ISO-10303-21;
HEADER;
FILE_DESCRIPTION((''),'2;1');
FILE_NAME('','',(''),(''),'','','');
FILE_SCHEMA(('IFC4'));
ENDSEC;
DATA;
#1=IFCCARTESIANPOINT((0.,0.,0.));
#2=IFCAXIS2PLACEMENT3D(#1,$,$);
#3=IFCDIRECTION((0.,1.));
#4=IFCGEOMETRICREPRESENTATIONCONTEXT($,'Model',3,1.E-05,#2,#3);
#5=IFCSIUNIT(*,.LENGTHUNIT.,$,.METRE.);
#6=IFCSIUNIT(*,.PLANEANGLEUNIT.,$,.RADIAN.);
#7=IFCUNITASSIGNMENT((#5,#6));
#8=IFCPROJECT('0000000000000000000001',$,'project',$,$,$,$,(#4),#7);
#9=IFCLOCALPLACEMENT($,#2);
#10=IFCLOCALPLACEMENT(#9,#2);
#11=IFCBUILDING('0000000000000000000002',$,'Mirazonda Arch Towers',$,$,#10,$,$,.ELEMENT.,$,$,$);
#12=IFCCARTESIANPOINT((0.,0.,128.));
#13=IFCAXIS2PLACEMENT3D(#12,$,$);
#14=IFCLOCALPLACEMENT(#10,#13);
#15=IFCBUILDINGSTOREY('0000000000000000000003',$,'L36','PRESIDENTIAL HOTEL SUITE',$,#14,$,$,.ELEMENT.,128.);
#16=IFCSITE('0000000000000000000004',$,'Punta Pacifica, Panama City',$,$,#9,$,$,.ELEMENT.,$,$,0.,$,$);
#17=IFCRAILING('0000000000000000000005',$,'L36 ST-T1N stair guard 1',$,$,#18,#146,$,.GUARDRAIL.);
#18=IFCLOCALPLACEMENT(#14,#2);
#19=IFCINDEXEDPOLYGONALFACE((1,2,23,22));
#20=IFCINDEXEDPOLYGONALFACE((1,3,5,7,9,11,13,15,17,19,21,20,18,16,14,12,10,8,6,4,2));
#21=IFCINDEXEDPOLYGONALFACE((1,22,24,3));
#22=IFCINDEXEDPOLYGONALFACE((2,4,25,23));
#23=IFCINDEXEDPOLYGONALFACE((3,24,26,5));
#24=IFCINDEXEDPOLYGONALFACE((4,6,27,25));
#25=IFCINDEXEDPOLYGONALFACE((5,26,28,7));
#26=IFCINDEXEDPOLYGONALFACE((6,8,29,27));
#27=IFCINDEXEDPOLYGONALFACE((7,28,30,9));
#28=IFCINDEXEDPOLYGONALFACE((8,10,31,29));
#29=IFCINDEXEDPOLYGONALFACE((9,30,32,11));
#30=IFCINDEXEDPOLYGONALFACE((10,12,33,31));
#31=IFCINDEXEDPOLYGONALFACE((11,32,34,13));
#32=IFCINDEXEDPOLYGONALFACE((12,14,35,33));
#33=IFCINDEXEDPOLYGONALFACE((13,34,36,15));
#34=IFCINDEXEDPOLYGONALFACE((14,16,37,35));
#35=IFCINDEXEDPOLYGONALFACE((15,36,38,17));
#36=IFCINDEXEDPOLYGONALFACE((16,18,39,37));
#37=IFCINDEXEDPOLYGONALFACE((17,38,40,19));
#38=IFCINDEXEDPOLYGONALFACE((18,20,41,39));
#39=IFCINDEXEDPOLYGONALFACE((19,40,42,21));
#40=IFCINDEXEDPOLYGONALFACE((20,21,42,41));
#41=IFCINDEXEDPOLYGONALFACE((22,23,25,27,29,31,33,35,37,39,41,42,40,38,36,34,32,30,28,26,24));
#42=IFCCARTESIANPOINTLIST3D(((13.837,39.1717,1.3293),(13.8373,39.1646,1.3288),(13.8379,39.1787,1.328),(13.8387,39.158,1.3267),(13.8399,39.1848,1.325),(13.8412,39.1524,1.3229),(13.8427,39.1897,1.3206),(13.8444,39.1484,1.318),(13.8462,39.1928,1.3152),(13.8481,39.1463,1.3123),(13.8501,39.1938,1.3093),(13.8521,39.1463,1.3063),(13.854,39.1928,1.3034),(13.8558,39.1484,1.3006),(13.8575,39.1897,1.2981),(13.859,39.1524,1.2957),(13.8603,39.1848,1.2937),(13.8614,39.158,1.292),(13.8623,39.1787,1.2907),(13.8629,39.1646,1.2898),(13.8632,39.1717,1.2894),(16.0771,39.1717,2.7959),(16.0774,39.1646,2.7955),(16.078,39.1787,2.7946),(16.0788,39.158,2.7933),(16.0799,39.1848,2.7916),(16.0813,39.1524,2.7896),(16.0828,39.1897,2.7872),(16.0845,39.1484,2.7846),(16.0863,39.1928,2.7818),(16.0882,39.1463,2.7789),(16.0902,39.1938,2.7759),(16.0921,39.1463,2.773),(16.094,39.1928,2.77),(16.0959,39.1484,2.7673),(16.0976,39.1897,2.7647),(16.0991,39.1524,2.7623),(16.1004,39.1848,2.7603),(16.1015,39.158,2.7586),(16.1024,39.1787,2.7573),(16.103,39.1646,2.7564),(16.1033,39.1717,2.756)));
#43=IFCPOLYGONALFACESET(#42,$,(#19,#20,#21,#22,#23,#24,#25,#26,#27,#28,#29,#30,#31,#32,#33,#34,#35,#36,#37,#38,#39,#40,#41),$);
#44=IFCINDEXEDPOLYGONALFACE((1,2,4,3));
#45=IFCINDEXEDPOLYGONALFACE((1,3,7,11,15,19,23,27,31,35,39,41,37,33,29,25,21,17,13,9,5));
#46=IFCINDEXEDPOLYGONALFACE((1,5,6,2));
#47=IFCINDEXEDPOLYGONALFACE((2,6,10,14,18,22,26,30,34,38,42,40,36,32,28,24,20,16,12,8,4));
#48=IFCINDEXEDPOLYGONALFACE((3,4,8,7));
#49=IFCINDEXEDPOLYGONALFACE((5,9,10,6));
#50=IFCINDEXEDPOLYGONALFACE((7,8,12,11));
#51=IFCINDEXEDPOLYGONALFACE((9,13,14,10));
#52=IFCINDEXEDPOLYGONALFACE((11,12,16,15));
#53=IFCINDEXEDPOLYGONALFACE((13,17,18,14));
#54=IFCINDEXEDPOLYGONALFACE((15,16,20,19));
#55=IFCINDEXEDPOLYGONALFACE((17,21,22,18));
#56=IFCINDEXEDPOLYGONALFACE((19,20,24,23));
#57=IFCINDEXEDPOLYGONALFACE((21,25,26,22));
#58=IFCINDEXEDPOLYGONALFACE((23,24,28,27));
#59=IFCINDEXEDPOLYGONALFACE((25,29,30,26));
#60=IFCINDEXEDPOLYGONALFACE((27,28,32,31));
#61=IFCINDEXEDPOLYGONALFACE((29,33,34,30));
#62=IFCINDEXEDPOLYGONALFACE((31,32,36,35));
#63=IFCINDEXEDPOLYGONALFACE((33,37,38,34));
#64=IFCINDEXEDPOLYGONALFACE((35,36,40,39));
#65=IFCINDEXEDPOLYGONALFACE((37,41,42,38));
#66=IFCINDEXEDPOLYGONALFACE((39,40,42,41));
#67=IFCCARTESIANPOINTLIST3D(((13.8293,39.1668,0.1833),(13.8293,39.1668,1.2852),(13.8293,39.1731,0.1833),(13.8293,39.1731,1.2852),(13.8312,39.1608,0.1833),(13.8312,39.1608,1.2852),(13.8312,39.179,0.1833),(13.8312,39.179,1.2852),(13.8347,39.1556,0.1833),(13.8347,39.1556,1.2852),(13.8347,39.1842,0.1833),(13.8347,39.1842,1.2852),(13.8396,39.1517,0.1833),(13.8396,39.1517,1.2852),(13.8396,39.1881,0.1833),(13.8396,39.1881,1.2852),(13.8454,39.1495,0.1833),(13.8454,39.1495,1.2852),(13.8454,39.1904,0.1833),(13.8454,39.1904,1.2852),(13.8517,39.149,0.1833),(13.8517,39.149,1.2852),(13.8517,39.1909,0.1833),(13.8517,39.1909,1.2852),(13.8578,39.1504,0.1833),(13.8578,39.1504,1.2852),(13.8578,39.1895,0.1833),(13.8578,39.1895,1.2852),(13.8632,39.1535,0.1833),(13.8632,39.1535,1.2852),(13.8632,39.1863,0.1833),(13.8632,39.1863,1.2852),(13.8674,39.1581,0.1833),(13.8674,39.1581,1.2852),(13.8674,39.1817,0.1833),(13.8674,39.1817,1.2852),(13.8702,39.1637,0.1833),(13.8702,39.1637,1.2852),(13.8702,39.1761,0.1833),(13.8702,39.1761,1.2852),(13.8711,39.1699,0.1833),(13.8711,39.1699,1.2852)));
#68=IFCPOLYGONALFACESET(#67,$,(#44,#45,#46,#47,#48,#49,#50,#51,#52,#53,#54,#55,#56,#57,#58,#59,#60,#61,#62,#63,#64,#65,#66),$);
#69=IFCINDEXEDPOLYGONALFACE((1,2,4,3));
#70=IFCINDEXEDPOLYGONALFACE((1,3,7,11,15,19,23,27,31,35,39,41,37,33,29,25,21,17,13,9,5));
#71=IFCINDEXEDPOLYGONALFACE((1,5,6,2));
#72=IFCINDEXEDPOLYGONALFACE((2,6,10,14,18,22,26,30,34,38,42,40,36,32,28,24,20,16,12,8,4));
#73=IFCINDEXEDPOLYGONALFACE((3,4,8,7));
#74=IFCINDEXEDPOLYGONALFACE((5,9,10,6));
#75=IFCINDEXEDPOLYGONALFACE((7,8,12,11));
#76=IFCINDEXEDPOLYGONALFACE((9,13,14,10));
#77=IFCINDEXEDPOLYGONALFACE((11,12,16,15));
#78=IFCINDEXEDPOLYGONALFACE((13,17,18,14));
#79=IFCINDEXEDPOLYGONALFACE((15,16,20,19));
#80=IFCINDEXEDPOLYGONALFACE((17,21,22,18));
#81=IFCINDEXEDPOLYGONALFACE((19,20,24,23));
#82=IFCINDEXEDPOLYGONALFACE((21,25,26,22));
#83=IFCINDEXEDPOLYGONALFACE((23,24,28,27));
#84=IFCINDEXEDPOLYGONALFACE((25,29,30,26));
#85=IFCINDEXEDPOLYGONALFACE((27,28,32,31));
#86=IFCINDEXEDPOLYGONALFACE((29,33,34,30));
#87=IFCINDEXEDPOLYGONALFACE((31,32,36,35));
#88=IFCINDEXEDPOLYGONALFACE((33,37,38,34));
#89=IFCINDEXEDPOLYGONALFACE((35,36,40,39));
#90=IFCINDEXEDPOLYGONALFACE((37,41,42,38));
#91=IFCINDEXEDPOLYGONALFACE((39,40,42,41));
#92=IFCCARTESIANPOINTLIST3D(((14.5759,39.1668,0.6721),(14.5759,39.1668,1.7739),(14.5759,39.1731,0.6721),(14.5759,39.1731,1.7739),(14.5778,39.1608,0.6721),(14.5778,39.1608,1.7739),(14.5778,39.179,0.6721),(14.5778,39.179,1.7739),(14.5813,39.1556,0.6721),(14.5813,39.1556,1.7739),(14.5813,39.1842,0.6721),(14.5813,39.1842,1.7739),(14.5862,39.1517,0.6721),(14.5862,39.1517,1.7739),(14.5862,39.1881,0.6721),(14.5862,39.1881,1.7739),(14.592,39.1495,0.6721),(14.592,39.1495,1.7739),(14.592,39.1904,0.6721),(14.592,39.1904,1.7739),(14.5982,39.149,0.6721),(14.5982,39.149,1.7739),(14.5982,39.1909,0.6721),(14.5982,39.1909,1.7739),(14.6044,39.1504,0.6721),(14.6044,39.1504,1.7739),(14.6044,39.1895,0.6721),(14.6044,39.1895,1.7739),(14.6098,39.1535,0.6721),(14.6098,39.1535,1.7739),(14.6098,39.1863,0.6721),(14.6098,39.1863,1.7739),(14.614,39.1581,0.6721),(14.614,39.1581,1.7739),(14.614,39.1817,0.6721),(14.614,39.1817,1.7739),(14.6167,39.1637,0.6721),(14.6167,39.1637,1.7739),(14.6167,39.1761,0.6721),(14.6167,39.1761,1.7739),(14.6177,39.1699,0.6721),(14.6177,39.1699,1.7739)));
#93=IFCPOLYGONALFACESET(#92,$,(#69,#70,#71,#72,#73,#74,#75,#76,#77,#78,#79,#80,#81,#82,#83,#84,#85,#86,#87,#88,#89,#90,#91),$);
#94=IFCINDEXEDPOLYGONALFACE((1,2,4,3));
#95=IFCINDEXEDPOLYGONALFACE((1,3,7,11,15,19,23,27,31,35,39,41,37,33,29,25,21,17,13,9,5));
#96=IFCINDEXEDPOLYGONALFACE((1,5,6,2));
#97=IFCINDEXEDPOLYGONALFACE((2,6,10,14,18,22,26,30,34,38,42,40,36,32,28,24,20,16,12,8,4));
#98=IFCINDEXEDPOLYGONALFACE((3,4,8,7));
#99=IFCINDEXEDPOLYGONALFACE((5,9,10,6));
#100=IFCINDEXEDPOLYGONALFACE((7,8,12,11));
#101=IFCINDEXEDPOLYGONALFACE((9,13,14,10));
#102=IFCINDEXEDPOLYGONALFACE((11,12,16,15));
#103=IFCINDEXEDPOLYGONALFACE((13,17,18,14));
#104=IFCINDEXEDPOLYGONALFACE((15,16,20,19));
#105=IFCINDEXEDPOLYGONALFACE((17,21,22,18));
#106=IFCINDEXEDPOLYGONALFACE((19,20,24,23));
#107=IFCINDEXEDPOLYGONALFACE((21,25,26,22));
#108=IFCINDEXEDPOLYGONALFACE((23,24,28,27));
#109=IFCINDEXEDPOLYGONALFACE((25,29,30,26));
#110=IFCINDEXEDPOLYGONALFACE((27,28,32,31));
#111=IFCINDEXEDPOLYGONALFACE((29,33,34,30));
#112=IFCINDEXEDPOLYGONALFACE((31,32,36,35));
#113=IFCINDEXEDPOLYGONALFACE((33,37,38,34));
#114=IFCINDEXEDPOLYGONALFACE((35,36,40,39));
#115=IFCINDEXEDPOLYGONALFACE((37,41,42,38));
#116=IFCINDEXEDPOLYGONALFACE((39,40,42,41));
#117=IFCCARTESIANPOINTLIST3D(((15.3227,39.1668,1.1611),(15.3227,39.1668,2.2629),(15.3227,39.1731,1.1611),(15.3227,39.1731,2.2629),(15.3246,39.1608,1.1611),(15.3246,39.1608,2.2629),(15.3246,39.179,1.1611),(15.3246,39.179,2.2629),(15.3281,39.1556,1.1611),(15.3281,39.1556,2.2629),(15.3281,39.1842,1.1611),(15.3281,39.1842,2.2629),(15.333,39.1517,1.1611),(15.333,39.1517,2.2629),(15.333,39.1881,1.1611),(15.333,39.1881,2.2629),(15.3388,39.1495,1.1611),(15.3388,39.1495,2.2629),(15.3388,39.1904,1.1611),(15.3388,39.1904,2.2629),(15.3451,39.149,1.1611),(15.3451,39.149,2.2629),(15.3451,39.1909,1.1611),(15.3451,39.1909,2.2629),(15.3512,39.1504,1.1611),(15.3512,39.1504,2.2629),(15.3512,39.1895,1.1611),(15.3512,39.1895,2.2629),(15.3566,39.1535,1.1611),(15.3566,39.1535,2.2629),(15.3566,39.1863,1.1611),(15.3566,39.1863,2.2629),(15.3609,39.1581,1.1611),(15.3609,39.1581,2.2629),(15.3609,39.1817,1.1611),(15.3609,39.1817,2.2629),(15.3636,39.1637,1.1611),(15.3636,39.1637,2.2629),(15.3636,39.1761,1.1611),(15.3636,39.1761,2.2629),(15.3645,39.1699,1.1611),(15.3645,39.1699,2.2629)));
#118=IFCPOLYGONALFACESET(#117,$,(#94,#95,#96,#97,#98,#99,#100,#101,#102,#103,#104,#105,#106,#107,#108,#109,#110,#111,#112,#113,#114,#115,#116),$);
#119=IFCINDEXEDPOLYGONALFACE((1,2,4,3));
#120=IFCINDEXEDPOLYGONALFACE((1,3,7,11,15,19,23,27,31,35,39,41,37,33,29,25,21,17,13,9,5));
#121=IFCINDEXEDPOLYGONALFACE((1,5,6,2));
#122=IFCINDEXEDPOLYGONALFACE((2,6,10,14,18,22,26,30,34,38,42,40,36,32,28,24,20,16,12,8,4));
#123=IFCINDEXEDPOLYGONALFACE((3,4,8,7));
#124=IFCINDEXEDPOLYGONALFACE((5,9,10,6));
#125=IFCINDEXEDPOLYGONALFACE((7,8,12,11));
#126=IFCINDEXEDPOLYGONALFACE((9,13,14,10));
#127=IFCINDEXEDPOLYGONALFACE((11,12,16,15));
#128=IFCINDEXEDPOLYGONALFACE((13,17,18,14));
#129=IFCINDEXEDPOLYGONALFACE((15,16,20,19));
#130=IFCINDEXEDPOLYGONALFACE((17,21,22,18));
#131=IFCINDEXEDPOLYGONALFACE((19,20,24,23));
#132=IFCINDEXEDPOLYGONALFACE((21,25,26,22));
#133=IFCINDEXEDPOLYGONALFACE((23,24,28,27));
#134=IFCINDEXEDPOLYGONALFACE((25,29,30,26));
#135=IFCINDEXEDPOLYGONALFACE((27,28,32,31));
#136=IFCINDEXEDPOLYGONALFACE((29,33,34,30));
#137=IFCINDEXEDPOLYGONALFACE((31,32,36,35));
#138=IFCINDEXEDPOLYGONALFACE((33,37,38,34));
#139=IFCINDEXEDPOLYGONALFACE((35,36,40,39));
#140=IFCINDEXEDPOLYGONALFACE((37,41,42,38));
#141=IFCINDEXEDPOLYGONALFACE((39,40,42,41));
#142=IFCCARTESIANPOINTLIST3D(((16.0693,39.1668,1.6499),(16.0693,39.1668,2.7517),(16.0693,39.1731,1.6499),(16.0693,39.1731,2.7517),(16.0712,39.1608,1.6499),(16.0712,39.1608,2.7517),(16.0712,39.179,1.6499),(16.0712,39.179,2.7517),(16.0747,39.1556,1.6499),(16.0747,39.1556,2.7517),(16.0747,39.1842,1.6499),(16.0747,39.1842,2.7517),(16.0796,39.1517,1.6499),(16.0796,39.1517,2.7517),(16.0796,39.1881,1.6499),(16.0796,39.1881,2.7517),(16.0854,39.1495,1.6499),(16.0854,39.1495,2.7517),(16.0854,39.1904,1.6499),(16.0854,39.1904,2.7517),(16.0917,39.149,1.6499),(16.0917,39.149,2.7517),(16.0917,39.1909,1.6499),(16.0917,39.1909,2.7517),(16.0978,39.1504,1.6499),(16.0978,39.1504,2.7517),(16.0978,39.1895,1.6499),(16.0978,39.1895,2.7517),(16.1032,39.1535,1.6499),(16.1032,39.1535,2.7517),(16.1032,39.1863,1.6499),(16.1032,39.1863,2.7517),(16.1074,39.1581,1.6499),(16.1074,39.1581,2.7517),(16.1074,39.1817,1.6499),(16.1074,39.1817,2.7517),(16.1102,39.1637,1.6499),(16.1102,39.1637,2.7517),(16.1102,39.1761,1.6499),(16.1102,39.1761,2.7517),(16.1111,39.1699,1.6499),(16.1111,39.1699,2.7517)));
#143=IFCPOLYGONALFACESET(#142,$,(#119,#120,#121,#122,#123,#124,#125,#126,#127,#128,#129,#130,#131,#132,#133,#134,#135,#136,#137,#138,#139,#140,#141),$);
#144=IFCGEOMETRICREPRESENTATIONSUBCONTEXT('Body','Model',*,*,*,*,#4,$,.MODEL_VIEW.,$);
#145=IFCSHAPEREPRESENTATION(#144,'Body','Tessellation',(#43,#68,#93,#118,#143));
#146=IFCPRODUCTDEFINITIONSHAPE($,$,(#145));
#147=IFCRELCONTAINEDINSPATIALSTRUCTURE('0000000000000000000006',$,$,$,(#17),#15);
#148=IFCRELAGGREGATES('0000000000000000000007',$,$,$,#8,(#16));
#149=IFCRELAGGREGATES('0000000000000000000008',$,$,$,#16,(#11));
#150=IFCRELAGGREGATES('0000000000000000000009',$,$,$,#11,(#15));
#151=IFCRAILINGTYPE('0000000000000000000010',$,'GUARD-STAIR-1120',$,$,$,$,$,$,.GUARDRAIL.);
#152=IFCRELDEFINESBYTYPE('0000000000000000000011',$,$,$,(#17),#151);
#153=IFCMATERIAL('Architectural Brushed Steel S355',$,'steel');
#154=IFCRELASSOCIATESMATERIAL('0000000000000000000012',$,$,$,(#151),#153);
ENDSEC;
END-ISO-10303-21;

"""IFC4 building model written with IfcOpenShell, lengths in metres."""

from ifc_helpers import new_model, si_unit, direction, frame, origin, origin_2d, place, context, subcontext, project, spatial, circle, extrude, material, type_object, element, save


model = new_model("IFC4")

# Units and contexts
model_context = context("Model", 3, precision=1e-05, world=origin(), true_north=direction((0.0, 1.0)))
body_context = subcontext(model_context, "Body", "Model", "MODEL_VIEW")
ifc_project = project(units=[si_unit("LENGTHUNIT", "METRE"), si_unit("PLANEANGLEUNIT", "RADIAN")], contexts=[model_context])

# Site, building, storey
site_placement = place(None, origin())
site = spatial("IfcSite", under=ifc_project, at=site_placement, Name="Punta Pacifica, Panama City", CompositionType="ELEMENT", RefElevation=0.0)
building_placement = place(site_placement, origin())
building = spatial("IfcBuilding", under=site, at=building_placement, Name="Mirazonda Arch Towers", CompositionType="ELEMENT")
storey_placement = place(building_placement, frame((0.0, 0.0, 128.0)))
storey = spatial("IfcBuildingStorey", under=building, at=storey_placement, Name="L36", Description="PRESIDENTIAL HOTEL SUITE", CompositionType="ELEMENT", Elevation=128.0)

# Shared definitions
ifc_material_1 = material(Name="Architectural Brushed Steel S355", Category="steel")

# Railing
railing_type_1 = type_object("IfcRailingType", Name="GUARD-STAIR-1120", PredefinedType="GUARDRAIL", material=ifc_material_1)
railing_1_placement = place(storey_placement, frame((13.8501, 39.1699, 0.1833)))
element("IfcRailing", 1, at=railing_1_placement, inside=storey, type_object=railing_type_1, Name="L36 ST-T1N stair guard 1", PredefinedType="GUARDRAIL", context=body_context, shape_type="SweptSolid", body=[
    extrude(circle(Radius=0.0239, at=origin_2d()), frame((0.0, 0.0, 1.126), z_axis=(0.836637, 0.0, 0.547758), x_axis=(0.0, 1.0, 0.0)), (0.0, 0.0, 1.0), 2.6775),
    extrude(circle(Radius=0.021, at=origin_2d()), origin(), (0.0, 0.0, 1.0), 1.1018),
    extrude(circle(Radius=0.021, at=origin_2d()), frame((0.7466, 0.0, 0.4888)), (0.0, 0.0, 1.0), 1.1018),
    extrude(circle(Radius=0.021, at=origin_2d()), frame((1.4934, 0.0, 0.9778)), (0.0, 0.0, 1.0), 1.1018),
    extrude(circle(Radius=0.021, at=origin_2d()), frame((2.24, 0.0, 1.4666)), (0.0, 0.0, 1.0), 1.1018),
])

save(model, "model.ifc")
